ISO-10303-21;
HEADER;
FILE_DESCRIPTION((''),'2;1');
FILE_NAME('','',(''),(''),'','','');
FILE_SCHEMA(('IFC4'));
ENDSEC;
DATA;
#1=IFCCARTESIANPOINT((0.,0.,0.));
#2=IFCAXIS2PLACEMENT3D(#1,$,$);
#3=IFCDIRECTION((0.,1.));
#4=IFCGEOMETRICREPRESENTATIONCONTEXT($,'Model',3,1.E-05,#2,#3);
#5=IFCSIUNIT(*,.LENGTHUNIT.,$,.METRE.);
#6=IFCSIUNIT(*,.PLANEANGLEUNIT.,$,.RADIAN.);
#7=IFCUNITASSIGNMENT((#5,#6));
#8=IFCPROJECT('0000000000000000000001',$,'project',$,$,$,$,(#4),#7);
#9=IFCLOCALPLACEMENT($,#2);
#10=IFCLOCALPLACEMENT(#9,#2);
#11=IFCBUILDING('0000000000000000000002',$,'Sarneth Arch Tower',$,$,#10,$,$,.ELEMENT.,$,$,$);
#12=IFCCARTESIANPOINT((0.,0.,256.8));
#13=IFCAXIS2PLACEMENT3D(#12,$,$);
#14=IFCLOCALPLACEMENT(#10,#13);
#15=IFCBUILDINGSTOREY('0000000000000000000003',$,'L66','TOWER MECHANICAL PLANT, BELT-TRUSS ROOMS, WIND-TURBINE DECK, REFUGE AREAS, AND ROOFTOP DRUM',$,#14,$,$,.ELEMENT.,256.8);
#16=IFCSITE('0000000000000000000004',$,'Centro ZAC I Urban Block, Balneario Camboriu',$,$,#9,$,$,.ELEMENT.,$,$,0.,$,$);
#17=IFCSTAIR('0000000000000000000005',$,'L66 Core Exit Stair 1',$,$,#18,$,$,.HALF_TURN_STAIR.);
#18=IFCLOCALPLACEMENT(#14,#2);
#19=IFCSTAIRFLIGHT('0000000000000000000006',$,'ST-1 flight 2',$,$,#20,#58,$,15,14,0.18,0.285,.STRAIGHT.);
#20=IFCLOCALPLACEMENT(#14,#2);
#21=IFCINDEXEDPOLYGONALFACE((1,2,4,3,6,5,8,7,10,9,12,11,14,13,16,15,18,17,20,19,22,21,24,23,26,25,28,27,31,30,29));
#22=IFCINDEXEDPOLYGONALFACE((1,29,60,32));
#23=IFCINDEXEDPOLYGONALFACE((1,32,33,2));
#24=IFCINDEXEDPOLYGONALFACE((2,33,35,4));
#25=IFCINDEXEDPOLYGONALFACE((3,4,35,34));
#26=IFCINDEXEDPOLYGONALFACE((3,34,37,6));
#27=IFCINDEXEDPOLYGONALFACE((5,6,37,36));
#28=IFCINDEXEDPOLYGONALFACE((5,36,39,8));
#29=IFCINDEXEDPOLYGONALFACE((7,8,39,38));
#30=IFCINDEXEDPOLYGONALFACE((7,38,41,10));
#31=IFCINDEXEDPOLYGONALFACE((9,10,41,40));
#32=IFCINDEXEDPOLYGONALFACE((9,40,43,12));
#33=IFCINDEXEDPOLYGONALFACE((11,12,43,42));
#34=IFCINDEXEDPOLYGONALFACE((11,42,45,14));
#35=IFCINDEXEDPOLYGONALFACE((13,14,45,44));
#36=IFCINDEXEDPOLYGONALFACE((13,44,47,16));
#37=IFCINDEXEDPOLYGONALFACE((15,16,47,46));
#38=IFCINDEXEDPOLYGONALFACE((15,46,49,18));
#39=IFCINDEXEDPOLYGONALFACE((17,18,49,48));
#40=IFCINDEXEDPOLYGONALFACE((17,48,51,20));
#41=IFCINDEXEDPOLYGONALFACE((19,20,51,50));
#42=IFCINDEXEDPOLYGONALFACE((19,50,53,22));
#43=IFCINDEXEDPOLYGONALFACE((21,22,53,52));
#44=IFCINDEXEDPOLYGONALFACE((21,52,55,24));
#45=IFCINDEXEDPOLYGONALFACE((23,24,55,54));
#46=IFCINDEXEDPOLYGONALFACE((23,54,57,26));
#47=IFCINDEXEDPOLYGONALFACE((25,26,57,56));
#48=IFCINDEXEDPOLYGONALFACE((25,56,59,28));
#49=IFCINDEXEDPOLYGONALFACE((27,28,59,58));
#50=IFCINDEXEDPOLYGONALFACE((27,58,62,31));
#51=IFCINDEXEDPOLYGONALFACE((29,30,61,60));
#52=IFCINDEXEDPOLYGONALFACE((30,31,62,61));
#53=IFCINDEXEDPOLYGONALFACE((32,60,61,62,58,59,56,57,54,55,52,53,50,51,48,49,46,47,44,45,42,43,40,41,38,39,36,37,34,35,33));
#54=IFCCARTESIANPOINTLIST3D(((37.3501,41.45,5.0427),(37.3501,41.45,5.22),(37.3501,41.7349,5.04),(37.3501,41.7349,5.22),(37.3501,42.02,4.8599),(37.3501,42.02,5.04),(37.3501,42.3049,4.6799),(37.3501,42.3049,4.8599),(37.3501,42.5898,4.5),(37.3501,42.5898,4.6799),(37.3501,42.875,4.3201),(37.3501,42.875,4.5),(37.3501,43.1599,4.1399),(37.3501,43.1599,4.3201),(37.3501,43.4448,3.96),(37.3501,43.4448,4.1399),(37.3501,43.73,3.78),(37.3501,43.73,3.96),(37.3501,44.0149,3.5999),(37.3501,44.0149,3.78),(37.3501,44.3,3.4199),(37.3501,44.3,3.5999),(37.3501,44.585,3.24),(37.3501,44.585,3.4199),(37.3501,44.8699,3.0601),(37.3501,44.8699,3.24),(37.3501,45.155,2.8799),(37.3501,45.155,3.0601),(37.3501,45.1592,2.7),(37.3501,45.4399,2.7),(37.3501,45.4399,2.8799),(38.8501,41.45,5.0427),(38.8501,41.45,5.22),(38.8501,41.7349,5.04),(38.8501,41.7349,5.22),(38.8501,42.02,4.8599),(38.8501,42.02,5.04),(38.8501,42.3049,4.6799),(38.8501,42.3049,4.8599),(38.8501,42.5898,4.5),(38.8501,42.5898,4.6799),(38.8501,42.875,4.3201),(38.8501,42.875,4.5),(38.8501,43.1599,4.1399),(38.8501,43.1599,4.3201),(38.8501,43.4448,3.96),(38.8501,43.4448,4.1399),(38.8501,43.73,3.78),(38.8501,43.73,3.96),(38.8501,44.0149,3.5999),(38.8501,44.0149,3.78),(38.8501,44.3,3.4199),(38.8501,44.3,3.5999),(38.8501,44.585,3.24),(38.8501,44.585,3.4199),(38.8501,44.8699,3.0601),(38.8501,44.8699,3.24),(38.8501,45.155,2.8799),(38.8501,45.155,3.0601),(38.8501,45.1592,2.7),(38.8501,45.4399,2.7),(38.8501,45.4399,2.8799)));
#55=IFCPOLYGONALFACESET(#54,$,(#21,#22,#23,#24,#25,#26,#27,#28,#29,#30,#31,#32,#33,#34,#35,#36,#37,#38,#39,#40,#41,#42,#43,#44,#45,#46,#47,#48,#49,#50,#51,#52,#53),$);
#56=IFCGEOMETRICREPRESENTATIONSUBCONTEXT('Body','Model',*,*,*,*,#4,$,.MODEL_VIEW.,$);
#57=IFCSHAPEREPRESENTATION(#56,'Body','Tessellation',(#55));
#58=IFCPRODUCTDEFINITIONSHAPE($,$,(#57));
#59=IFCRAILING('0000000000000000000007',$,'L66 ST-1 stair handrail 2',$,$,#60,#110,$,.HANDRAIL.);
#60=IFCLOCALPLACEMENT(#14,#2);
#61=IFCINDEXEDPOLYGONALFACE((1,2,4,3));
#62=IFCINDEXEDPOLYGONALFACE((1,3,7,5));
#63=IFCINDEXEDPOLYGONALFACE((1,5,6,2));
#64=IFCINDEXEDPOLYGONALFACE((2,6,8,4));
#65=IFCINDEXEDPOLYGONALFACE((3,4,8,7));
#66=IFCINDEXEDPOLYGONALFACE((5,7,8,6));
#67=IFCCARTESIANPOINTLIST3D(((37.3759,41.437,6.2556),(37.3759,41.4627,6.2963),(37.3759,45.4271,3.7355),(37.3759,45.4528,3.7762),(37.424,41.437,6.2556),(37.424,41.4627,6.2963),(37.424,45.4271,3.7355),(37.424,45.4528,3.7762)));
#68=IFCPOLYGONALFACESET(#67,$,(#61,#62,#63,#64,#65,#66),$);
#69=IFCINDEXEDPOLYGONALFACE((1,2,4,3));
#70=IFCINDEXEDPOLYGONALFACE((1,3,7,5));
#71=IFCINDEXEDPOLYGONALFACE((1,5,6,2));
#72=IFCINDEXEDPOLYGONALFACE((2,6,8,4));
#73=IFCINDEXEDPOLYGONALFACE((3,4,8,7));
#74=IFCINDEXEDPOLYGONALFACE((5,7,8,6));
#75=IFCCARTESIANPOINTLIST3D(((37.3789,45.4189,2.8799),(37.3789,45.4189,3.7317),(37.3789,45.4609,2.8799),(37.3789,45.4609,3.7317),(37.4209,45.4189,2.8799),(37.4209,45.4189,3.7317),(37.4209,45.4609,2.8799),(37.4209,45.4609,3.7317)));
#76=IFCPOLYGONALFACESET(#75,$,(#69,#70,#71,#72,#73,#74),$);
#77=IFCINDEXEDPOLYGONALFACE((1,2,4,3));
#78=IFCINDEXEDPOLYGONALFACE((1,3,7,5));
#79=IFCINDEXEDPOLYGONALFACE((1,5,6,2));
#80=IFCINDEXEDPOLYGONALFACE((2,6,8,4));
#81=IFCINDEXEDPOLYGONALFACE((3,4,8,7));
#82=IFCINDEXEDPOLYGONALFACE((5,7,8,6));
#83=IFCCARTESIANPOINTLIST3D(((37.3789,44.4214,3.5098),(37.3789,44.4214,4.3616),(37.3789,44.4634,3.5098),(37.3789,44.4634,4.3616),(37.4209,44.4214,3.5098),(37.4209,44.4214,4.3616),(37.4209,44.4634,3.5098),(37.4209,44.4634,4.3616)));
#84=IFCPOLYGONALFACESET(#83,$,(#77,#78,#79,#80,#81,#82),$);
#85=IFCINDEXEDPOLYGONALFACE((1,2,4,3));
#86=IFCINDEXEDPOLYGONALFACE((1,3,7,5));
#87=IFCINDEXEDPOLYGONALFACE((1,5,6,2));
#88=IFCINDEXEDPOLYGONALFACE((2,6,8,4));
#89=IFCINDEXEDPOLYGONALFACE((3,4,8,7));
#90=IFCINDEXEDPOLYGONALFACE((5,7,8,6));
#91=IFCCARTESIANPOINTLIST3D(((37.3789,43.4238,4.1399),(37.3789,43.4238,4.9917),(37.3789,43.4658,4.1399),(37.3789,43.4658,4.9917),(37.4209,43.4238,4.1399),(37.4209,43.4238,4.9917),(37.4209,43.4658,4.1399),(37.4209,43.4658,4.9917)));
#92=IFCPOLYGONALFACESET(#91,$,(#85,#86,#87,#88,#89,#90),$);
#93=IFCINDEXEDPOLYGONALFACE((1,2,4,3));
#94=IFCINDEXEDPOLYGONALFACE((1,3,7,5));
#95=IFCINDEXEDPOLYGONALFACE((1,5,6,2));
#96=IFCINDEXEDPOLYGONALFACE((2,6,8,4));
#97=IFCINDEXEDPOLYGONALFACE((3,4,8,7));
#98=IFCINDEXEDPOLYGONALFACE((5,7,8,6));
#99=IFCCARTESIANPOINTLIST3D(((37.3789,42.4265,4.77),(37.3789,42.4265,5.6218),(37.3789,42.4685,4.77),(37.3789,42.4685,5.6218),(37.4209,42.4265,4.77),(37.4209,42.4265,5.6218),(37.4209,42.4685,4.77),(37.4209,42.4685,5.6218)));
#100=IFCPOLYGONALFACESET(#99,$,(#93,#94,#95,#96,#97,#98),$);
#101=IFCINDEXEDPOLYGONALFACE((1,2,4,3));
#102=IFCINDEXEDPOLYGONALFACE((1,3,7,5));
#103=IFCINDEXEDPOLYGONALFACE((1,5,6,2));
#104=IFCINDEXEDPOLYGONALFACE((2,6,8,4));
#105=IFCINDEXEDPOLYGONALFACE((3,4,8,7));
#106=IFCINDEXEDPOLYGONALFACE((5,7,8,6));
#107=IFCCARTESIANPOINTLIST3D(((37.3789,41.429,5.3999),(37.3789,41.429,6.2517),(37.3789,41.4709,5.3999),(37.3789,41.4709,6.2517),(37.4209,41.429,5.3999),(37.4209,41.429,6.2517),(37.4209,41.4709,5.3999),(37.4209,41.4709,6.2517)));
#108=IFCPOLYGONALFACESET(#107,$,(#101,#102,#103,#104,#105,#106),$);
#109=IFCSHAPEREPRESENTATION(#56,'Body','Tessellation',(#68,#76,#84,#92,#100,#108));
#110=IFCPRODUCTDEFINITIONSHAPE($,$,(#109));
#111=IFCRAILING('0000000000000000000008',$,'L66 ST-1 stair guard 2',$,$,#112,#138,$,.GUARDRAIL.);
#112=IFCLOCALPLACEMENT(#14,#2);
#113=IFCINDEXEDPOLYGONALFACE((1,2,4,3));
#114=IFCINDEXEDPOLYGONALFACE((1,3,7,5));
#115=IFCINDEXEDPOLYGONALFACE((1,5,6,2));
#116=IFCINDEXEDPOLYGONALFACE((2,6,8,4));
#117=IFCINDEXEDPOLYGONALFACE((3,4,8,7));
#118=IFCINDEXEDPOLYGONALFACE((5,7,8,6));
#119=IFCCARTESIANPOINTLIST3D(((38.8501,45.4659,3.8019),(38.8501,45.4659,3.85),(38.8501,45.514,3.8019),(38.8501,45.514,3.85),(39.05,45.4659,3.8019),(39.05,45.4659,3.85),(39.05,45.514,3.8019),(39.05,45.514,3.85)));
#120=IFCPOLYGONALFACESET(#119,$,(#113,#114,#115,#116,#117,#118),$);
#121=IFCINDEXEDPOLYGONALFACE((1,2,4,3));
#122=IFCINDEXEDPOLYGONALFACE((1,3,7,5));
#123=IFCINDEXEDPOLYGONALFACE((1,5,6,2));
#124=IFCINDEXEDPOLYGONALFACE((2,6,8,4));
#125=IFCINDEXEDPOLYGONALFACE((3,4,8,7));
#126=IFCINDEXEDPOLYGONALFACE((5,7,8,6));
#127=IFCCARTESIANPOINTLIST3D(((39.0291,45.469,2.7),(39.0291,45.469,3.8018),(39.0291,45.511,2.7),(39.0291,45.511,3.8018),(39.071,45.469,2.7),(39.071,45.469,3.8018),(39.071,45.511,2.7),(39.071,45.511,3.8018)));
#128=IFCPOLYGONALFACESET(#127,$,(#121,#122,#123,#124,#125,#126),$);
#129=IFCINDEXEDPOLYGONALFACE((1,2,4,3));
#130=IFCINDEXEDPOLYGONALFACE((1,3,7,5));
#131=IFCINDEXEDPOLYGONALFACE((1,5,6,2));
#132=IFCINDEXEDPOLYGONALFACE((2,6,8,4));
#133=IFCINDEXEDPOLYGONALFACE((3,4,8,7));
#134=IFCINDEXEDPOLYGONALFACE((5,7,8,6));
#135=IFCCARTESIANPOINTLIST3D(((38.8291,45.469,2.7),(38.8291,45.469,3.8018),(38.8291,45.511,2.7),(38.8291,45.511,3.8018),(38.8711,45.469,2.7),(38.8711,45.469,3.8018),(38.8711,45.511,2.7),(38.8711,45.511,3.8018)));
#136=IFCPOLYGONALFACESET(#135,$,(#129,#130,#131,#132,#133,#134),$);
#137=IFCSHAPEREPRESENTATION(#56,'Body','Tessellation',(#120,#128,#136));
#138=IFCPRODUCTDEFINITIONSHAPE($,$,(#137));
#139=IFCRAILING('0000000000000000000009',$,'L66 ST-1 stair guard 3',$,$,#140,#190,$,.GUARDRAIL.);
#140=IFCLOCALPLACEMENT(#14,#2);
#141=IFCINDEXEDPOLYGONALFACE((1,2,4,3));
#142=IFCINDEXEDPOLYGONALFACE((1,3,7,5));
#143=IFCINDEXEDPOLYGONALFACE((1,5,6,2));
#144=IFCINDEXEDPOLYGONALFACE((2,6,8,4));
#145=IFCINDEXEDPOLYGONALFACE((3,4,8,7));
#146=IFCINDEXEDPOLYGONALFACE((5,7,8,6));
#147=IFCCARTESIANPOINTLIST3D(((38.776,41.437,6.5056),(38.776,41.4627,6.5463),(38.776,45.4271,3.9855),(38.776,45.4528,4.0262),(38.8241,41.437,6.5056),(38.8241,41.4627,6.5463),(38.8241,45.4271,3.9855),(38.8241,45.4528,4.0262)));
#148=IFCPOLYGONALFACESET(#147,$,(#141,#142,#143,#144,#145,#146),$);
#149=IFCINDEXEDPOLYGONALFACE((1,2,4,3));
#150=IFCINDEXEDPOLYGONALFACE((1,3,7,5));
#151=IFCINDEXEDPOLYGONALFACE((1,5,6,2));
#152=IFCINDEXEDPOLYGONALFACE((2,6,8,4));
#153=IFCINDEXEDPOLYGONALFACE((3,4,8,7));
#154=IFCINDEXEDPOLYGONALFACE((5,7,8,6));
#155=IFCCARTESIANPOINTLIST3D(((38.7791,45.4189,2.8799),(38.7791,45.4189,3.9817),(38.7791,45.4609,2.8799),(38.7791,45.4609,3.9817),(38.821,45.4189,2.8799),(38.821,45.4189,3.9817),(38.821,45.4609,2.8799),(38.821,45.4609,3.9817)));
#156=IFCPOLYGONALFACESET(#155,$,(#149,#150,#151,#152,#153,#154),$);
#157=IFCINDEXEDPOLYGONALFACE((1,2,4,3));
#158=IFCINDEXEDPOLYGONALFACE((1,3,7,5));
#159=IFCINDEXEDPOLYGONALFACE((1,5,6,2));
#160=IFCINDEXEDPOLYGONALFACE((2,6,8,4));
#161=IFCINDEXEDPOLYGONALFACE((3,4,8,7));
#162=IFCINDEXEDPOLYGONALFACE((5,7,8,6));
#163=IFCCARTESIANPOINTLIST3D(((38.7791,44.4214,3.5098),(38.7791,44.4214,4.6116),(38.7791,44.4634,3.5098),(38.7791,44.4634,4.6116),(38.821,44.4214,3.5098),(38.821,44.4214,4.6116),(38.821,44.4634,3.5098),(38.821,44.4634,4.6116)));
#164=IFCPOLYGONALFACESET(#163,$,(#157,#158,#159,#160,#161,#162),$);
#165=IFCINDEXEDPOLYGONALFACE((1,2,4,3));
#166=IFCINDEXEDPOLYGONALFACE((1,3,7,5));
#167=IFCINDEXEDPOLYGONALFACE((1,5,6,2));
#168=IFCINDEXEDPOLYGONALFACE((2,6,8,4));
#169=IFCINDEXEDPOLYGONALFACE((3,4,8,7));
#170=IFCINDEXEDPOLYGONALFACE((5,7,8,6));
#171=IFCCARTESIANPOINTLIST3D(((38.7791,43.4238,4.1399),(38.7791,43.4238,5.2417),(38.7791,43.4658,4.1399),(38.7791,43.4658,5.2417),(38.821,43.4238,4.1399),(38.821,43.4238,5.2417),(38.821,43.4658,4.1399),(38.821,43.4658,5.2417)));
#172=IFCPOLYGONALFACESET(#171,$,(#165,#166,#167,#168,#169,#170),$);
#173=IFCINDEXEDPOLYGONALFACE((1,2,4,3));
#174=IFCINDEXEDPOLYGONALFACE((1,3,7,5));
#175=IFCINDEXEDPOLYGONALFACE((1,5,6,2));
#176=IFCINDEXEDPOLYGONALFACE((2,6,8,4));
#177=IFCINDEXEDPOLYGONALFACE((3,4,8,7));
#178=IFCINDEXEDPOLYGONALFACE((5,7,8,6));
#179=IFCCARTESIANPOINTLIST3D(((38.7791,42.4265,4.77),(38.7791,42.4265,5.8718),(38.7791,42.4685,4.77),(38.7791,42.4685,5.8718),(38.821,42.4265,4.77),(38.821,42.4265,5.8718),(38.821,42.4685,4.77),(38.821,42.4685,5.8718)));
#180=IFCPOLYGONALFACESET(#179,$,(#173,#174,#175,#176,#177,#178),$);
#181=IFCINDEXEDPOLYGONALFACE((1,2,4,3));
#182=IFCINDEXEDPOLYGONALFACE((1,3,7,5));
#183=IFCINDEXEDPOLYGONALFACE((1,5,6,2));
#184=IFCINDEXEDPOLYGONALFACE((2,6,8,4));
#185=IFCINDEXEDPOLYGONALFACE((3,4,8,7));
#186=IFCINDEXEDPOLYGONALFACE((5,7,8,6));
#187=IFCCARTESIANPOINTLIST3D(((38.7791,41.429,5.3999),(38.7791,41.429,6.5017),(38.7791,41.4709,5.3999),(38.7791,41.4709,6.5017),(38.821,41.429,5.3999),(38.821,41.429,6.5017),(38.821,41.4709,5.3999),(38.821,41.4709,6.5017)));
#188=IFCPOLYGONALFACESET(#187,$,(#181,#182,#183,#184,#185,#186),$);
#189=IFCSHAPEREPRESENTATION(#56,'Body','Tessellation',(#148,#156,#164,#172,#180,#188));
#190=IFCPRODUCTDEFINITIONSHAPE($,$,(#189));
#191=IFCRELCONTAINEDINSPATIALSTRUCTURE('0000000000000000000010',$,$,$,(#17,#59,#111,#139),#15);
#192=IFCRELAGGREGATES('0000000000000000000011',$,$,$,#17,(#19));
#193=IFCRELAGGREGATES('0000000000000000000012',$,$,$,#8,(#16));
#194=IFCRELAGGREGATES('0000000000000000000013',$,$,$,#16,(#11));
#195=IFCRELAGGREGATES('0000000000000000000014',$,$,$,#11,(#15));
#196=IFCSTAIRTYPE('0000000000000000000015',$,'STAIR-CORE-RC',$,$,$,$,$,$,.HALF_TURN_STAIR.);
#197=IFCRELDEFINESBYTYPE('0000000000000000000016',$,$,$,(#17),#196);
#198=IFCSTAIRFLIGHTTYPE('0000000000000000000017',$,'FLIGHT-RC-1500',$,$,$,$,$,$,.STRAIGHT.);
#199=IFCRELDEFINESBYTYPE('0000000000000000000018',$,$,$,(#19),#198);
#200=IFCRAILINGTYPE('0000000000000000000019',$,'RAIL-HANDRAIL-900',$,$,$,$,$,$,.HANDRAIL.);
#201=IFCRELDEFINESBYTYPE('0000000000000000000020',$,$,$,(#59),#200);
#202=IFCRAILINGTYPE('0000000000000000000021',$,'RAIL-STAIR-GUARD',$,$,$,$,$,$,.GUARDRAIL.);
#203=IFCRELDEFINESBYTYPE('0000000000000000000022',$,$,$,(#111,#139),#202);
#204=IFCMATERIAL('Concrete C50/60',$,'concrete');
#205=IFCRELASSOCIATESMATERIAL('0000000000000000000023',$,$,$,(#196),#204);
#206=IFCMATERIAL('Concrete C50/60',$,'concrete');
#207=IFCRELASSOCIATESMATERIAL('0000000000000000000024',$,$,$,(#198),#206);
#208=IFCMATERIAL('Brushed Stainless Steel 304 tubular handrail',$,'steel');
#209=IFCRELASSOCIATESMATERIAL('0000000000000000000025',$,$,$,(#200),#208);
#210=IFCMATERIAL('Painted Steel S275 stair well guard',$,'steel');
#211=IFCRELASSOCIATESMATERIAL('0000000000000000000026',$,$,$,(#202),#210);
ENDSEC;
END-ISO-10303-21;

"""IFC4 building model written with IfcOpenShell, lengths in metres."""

from ifc_helpers import new_model, si_unit, direction, frame, origin, origin_2d, place, context, subcontext, project, spatial, polyline, rectangle, outline, extrude, material, type_object, element, aggregate, save


model = new_model("IFC4")

# Units and contexts
model_context = context("Model", 3, precision=1e-05, world=origin(), true_north=direction((0.0, 1.0)))
body_context = subcontext(model_context, "Body", "Model", "MODEL_VIEW")
ifc_project = project(units=[si_unit("LENGTHUNIT", "METRE"), si_unit("PLANEANGLEUNIT", "RADIAN")], contexts=[model_context])

# Site, building, storey
site_placement = place(None, origin())
site = spatial("IfcSite", under=ifc_project, at=site_placement, Name="Centro ZAC I Urban Block, Balneario Camboriu", CompositionType="ELEMENT", RefElevation=0.0)
building_placement = place(site_placement, origin())
building = spatial("IfcBuilding", under=site, at=building_placement, Name="Sarneth Arch Tower", CompositionType="ELEMENT")
storey_placement = place(building_placement, frame((0.0, 0.0, 256.8)))
storey = spatial("IfcBuildingStorey", under=building, at=storey_placement, Name="L66", Description="TOWER MECHANICAL PLANT, BELT-TRUSS ROOMS, WIND-TURBINE DECK, REFUGE AREAS, AND ROOFTOP DRUM", CompositionType="ELEMENT", Elevation=256.8)

# Stair, stair flight
ifc_material_1 = material(Name="Concrete C50/60", Category="concrete")
stair_type = type_object("IfcStairType", Name="STAIR-CORE-RC", PredefinedType="HALF_TURN_STAIR", material=ifc_material_1)
stair_placement = place(storey_placement, origin())
stair = element("IfcStair", 1, at=stair_placement, inside=storey, type_object=stair_type, Name="L66 Core Exit Stair 1", PredefinedType="HALF_TURN_STAIR")
ifc_material_2 = material(Name="Concrete C50/60", Category="concrete")
stair_flight_type = type_object("IfcStairFlightType", Name="FLIGHT-RC-1500", PredefinedType="STRAIGHT", material=ifc_material_2)
stair_flight_placement = place(storey_placement, frame((38.1001, 45.4399, 2.7), z_axis=(0.0, 0.0, 1.0), x_axis=(0.0, -1.0, 0.0)))
stair_flight = element("IfcStairFlight", 2, at=stair_flight_placement, type_object=stair_flight_type, Name="ST-1 flight 2", NumberOfRisers=15, NumberOfTreads=14, PredefinedType="STRAIGHT", RiserHeight=0.18, TreadLength=0.285, context=body_context, shape_type="SweptSolid", body=[
    extrude(outline(polyline([(0.0, 0.0), (0.0, 0.1799), (0.2849, 0.1799), (0.2849, 0.3601), (0.5701, 0.3601), (0.5701, 0.54), (0.855, 0.54), (0.855, 0.72), (1.1399, 0.72), (1.1399, 0.8999), (1.425, 0.8999), (1.425, 1.0801), (1.71, 1.0801), (1.71, 1.26), (1.9951, 1.26), (1.9951, 1.4399), (2.28, 1.4399), (2.28, 1.6201), (2.5649, 1.6201), (2.5649, 1.8), (2.8501, 1.8), (2.8501, 1.98), (3.135, 1.98), (3.135, 2.1599), (3.4199, 2.1599), (3.4199, 2.3401), (3.7051, 2.3401), (3.7051, 2.52), (3.99, 2.52), (3.99, 2.7), (3.99, 2.3428), (0.2808, 0.0), (0.0, 0.0)])), frame((0.0, 0.75, 0.0), z_axis=(0.0, -1.0, 0.0), x_axis=(1.0, 0.0, 0.0)), (0.0, 0.0, 1.0), 1.5),
])
aggregate(stair, [stair_flight])

# Railings
ifc_material_3 = material(Name="Brushed Stainless Steel 304 tubular handrail", Category="steel")
railing_type_1 = type_object("IfcRailingType", Name="RAIL-HANDRAIL-900", PredefinedType="HANDRAIL", material=ifc_material_3)
railing_1_placement = place(storey_placement, frame((37.3999, 45.4399, 2.8799)))
element("IfcRailing", 3, at=railing_1_placement, inside=storey, type_object=railing_type_1, Name="L66 ST-1 stair handrail 2", PredefinedType="HANDRAIL", context=body_context, shape_type="SweptSolid", body=[
    extrude(rectangle(XDim=0.0481, YDim=0.0481, at=origin_2d()), frame((0.0, 0.0, 0.876), z_axis=(0.0, -0.845486, 0.533997), x_axis=(1.0, 0.0, 0.0)), (0.0, 0.0, 1.0), 4.7192),
    extrude(rectangle(XDim=0.042, YDim=0.042, at=origin_2d()), origin(), (0.0, 0.0, 1.0), 0.8518),
    extrude(rectangle(XDim=0.042, YDim=0.042, at=origin_2d()), frame((0.0, -0.9976, 0.6299)), (0.0, 0.0, 1.0), 0.8518),
    extrude(rectangle(XDim=0.042, YDim=0.042, at=origin_2d()), frame((0.0, -1.9951, 1.26)), (0.0, 0.0, 1.0), 0.8518),
    extrude(rectangle(XDim=0.042, YDim=0.042, at=origin_2d()), frame((0.0, -2.9924, 1.8901)), (0.0, 0.0, 1.0), 0.8518),
    extrude(rectangle(XDim=0.042, YDim=0.042, at=origin_2d()), frame((0.0, -3.99, 2.52)), (0.0, 0.0, 1.0), 0.8518),
])
ifc_material_4 = material(Name="Painted Steel S275 stair well guard", Category="steel")
railing_type_2 = type_object("IfcRailingType", Name="RAIL-STAIR-GUARD", PredefinedType="GUARDRAIL", material=ifc_material_4)
railing_2_placement = place(storey_placement, frame((39.05, 45.49, 2.7)))
element("IfcRailing", 4, at=railing_2_placement, inside=storey, type_object=railing_type_2, Name="L66 ST-1 stair guard 2", PredefinedType="GUARDRAIL", context=body_context, shape_type="SweptSolid", body=[
    extrude(rectangle(XDim=0.0481, YDim=0.0481, at=origin_2d()), frame((0.0, 0.0, 1.126), z_axis=(-1.0, 0.0, 0.0), x_axis=(0.0, -1.0, 0.0)), (0.0, 0.0, 1.0), 0.2),
    extrude(rectangle(XDim=0.042, YDim=0.042, at=origin_2d()), origin(), (0.0, 0.0, 1.0), 1.1018),
    extrude(rectangle(XDim=0.042, YDim=0.042, at=origin_2d()), frame((-0.2, 0.0, 0.0)), (0.0, 0.0, 1.0), 1.1018),
])
railing_3_placement = place(storey_placement, frame((38.8, 45.4399, 2.8799)))
element("IfcRailing", 5, at=railing_3_placement, inside=storey, type_object=railing_type_2, Name="L66 ST-1 stair guard 3", PredefinedType="GUARDRAIL", context=body_context, shape_type="SweptSolid", body=[
    extrude(rectangle(XDim=0.0481, YDim=0.0481, at=origin_2d()), frame((0.0, 0.0, 1.126), z_axis=(0.0, -0.845486, 0.533997), x_axis=(1.0, 0.0, 0.0)), (0.0, 0.0, 1.0), 4.7192),
    extrude(rectangle(XDim=0.042, YDim=0.042, at=origin_2d()), origin(), (0.0, 0.0, 1.0), 1.1018),
    extrude(rectangle(XDim=0.042, YDim=0.042, at=origin_2d()), frame((0.0, -0.9976, 0.6299)), (0.0, 0.0, 1.0), 1.1018),
    extrude(rectangle(XDim=0.042, YDim=0.042, at=origin_2d()), frame((0.0, -1.9951, 1.26)), (0.0, 0.0, 1.0), 1.1018),
    extrude(rectangle(XDim=0.042, YDim=0.042, at=origin_2d()), frame((0.0, -2.9924, 1.8901)), (0.0, 0.0, 1.0), 1.1018),
    extrude(rectangle(XDim=0.042, YDim=0.042, at=origin_2d()), frame((0.0, -3.99, 2.52)), (0.0, 0.0, 1.0), 1.1018),
])

save(model, "model.ifc")
